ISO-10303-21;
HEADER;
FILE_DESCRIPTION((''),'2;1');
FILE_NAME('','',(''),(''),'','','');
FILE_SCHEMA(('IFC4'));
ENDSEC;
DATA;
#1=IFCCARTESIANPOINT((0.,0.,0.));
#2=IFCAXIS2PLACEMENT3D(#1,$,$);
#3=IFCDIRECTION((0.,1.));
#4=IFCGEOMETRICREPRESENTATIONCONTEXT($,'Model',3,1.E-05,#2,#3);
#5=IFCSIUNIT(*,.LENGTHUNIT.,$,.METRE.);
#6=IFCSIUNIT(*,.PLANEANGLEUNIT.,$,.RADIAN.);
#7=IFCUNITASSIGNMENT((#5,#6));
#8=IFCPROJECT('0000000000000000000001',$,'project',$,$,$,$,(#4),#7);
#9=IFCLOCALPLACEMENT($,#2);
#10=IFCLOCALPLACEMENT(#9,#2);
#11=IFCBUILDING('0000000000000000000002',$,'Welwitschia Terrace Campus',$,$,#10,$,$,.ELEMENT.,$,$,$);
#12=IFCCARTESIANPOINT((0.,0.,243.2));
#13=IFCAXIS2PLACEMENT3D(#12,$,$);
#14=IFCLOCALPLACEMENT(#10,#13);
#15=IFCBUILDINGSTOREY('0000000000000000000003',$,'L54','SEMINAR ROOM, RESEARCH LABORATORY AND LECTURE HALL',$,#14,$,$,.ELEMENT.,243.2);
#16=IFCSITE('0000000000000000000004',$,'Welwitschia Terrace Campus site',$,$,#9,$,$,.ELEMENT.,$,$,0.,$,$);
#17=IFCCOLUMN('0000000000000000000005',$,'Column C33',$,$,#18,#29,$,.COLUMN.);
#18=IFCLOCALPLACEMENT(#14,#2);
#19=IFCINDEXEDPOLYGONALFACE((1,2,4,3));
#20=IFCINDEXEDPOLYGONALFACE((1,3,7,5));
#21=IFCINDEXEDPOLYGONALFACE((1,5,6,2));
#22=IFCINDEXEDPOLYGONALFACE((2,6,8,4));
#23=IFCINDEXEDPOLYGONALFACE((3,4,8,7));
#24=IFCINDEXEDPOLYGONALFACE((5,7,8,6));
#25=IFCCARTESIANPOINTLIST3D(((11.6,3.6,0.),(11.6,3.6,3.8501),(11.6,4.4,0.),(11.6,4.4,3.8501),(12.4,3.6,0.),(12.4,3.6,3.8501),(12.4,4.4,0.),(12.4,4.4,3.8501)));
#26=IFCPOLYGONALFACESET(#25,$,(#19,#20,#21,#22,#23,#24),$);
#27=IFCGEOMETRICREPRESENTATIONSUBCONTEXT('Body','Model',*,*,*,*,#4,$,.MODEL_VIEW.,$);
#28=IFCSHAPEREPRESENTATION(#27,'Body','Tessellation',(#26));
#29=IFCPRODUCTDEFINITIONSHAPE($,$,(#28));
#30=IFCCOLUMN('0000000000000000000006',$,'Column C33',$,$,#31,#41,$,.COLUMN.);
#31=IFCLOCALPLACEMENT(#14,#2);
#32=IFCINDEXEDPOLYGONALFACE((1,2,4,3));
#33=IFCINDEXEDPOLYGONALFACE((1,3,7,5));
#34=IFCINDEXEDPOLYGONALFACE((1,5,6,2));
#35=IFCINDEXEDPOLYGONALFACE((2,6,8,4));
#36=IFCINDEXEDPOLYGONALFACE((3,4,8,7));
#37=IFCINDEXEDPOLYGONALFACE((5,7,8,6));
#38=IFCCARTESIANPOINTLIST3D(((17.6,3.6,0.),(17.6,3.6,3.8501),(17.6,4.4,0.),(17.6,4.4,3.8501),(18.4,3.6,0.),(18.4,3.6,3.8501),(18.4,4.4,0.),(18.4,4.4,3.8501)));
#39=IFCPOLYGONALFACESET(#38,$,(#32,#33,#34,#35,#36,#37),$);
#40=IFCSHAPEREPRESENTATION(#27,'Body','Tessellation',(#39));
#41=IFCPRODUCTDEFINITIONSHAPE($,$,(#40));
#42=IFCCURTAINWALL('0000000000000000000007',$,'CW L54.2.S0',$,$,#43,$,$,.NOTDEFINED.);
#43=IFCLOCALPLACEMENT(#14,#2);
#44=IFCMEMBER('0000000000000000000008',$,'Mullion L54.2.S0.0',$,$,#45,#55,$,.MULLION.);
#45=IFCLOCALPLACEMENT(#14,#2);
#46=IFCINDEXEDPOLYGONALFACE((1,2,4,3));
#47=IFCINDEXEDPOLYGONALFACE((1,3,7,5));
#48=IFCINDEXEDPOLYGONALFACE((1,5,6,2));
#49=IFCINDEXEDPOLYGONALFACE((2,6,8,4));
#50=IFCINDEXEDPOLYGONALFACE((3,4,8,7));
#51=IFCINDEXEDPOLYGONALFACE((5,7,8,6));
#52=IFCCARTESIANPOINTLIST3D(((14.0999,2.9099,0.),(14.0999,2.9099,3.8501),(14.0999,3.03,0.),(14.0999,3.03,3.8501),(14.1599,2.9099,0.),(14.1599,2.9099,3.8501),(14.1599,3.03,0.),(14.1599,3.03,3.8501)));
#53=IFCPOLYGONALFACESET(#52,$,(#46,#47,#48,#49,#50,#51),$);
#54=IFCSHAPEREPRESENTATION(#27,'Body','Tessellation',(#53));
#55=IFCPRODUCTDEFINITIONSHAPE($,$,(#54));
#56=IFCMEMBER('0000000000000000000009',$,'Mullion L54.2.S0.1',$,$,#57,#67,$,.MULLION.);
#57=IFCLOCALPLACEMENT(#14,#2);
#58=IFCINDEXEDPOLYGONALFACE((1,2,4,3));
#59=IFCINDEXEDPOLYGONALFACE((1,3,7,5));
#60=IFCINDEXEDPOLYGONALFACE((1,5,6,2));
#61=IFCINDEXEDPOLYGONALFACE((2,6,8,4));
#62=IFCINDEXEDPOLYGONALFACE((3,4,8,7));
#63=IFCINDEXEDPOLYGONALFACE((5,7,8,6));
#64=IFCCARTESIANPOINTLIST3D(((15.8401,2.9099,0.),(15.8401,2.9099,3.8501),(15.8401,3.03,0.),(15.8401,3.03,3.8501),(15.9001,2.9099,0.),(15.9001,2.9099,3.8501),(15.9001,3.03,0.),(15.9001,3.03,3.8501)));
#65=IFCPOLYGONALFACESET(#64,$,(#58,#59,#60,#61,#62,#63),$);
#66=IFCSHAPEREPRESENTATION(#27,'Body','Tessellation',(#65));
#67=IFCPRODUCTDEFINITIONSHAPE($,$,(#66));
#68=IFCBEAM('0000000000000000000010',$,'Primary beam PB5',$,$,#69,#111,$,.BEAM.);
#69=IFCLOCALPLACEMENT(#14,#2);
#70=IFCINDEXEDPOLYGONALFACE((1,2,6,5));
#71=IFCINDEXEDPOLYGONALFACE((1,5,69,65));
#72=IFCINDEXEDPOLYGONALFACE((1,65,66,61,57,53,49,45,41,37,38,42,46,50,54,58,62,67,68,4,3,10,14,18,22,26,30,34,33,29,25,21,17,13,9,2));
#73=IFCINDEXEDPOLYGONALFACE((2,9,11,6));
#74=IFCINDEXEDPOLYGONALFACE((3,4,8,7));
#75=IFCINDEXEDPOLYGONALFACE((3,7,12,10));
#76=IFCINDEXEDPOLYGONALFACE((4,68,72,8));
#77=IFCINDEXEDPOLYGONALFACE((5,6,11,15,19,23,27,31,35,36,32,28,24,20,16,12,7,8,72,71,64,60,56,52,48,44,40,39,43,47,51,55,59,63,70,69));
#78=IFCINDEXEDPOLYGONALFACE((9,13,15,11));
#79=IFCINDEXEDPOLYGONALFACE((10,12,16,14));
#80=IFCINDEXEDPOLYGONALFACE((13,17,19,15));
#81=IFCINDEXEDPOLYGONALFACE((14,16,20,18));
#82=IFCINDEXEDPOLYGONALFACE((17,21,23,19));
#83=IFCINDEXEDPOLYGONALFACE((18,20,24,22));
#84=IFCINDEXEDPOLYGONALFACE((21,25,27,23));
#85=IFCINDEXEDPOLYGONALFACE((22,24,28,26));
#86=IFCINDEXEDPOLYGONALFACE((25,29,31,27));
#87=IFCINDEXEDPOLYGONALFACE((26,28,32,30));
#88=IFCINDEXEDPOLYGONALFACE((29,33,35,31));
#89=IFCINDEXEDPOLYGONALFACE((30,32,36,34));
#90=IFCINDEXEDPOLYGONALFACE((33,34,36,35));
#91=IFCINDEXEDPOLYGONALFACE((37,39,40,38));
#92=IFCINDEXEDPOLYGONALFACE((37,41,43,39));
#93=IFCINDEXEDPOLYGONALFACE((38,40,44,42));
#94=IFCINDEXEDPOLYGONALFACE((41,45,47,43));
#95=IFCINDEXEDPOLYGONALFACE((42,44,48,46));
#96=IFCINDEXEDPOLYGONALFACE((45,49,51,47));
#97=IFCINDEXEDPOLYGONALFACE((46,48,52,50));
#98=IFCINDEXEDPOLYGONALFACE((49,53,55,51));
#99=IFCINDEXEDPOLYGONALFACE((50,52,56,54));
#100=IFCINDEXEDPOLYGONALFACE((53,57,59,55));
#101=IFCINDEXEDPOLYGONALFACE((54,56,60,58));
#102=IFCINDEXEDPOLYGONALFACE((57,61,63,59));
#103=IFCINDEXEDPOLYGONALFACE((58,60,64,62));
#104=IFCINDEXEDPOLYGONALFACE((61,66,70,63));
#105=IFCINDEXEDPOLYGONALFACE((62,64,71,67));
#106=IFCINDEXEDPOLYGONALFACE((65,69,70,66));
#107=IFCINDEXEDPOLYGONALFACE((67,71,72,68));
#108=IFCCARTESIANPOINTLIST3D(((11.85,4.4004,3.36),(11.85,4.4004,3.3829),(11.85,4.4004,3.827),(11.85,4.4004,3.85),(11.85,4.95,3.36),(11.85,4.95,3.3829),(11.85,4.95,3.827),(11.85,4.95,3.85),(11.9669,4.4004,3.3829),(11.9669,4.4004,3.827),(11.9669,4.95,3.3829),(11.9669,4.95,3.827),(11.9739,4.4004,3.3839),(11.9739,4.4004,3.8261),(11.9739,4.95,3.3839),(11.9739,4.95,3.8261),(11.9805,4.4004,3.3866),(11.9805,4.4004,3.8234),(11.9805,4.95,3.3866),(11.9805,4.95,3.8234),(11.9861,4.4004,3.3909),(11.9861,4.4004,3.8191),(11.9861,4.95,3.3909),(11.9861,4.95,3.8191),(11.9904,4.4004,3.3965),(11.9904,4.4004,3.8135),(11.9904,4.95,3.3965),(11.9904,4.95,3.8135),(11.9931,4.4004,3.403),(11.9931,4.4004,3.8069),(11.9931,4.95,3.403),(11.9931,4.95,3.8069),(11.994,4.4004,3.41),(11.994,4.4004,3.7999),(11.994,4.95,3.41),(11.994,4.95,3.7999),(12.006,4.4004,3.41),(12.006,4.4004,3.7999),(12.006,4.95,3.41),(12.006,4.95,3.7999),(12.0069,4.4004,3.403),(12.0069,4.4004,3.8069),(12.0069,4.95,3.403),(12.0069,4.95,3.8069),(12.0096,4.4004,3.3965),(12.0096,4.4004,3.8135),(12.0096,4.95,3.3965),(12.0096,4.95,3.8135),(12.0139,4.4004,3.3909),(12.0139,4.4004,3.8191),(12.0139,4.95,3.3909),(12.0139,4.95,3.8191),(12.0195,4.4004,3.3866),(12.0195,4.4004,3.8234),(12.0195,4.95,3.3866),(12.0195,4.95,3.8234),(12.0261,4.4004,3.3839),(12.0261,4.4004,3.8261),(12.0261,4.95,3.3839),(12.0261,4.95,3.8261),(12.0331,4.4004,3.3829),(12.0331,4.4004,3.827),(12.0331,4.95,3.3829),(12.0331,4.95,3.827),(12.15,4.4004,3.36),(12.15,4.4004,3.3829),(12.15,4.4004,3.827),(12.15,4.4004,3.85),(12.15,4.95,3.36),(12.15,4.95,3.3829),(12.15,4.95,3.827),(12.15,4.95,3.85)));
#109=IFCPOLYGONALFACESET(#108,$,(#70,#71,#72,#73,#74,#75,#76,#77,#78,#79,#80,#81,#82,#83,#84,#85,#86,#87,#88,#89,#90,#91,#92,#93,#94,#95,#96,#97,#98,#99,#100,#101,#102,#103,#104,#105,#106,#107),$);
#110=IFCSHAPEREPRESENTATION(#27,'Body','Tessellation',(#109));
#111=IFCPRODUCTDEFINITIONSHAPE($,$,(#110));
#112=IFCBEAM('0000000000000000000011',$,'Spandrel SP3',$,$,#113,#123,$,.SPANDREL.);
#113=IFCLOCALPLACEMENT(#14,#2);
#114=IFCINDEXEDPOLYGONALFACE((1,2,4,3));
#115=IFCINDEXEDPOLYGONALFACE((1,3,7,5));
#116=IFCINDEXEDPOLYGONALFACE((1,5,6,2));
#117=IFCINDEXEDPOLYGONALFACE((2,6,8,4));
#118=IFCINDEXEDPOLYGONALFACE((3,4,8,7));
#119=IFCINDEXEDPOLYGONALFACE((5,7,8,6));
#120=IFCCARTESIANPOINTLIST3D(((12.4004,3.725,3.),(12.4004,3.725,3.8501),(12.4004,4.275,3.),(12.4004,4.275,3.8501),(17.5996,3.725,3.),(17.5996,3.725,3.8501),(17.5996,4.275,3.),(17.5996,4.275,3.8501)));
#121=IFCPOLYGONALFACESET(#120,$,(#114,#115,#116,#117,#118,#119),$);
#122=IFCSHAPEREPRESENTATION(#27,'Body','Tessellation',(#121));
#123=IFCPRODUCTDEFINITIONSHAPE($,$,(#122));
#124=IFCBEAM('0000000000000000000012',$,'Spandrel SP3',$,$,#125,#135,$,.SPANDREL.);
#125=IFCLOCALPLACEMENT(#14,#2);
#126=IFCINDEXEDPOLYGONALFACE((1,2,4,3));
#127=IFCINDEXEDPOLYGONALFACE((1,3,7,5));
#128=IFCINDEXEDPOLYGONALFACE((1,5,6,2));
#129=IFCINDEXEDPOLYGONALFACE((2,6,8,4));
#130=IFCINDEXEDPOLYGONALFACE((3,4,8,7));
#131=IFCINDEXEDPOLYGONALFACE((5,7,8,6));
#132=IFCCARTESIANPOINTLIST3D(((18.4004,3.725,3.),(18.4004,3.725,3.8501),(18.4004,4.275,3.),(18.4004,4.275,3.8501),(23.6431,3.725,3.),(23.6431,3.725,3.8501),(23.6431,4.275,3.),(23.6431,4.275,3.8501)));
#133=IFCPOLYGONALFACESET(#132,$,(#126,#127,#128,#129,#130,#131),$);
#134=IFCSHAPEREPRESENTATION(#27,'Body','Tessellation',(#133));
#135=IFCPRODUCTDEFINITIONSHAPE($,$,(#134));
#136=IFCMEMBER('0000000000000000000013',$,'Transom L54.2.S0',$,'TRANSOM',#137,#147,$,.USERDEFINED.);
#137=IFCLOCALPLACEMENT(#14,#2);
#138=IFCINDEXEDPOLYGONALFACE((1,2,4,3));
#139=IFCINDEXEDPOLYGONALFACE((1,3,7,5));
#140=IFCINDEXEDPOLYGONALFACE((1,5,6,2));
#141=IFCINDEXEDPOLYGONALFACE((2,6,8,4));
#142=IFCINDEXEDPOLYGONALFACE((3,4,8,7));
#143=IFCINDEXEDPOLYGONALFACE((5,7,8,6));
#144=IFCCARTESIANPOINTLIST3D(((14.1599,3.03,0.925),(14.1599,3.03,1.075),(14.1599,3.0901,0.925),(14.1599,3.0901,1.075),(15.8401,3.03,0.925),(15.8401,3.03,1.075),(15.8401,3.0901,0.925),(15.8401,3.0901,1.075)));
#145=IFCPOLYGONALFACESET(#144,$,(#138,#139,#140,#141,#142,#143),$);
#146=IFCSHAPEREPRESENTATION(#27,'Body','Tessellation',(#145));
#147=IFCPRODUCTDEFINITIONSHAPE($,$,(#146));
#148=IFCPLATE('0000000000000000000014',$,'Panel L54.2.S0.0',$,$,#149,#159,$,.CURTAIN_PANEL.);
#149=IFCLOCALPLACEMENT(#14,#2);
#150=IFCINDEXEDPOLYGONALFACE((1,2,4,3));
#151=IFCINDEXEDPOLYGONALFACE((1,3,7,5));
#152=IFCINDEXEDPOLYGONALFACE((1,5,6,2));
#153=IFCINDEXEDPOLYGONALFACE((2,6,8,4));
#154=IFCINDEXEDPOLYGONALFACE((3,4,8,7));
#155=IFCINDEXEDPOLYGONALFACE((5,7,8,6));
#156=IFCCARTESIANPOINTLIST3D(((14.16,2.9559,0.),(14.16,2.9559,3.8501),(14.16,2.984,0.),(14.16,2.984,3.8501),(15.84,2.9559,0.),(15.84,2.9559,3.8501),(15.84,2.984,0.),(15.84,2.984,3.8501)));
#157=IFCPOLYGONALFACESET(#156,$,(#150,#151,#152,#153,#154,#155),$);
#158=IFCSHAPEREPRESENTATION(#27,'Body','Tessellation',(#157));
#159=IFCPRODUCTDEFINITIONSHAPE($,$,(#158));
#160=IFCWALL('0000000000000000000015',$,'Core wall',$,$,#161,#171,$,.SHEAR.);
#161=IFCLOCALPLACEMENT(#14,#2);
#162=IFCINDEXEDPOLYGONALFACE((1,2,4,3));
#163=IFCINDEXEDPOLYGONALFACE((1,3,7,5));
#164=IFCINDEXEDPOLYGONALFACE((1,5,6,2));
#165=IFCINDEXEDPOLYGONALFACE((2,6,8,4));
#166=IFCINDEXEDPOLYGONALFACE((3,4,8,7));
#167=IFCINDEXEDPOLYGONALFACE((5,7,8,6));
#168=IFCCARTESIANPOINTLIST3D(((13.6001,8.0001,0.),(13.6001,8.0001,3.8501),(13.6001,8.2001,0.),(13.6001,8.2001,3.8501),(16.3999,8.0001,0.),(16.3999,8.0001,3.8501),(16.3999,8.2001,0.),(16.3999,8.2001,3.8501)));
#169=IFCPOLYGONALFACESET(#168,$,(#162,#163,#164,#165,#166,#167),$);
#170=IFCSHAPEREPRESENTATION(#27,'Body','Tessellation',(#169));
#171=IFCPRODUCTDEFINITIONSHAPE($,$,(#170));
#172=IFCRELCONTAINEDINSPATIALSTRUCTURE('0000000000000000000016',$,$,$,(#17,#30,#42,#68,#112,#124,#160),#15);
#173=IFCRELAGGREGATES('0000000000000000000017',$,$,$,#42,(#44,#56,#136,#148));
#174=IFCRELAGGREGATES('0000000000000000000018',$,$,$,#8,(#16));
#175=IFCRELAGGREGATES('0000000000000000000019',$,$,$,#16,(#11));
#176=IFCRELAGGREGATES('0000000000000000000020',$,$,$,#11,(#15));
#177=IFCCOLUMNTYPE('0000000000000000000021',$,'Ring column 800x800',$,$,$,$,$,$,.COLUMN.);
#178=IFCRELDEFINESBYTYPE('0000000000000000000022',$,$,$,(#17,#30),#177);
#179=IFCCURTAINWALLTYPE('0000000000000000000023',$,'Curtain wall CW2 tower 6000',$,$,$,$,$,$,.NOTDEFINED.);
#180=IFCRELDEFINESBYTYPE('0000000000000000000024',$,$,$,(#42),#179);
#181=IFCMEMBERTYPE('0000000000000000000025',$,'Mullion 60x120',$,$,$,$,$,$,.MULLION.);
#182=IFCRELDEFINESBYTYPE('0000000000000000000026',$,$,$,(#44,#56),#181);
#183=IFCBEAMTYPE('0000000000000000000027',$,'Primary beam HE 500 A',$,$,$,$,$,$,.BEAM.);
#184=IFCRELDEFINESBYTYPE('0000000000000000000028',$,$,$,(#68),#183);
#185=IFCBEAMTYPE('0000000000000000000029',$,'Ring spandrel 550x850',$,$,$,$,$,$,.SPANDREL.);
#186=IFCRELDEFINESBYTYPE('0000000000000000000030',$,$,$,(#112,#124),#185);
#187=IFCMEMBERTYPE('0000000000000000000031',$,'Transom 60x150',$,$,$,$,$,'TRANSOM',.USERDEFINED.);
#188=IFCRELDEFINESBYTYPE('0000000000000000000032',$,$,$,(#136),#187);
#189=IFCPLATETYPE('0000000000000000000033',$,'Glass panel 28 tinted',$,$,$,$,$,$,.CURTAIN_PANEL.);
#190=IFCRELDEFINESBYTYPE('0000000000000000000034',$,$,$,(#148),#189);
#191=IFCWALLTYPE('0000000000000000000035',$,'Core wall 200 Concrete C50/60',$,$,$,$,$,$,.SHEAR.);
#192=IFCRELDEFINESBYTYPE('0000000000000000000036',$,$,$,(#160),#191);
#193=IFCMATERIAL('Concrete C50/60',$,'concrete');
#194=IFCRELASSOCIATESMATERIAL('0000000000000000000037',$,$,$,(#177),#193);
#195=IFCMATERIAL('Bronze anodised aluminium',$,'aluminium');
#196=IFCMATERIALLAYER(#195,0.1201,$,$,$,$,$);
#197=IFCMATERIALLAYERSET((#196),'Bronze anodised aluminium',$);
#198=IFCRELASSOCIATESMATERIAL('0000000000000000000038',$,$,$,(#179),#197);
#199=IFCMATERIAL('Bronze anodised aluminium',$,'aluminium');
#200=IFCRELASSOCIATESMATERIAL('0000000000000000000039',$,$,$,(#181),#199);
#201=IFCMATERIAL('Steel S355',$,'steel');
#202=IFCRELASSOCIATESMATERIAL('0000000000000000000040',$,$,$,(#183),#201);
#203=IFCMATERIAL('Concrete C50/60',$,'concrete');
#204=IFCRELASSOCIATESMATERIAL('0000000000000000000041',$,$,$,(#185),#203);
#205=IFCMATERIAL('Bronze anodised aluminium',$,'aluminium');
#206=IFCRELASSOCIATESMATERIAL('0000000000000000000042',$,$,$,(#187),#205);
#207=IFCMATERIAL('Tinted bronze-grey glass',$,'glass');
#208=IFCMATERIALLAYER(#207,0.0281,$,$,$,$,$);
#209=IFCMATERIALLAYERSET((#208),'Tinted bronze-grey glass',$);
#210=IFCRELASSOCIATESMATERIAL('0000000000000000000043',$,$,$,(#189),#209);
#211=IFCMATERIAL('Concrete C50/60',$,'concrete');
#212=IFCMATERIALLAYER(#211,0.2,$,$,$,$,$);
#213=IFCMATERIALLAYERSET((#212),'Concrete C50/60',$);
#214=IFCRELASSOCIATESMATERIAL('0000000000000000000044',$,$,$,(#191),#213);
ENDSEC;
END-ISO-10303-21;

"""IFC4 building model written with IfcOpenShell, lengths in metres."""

from ifc_helpers import new_model, si_unit, direction, frame, frame_2d, origin, origin_2d, place, context, subcontext, project, spatial, rectangle, i_section, extrude, material, layer, layer_set, material_profile, profile_set, type_object, element, aggregate, save


model = new_model("IFC4")

# Units and contexts
model_context = context("Model", 3, precision=1e-05, world=origin(), true_north=direction((0.0, 1.0)))
body_context = subcontext(model_context, "Body", "Model", "MODEL_VIEW")
ifc_project = project(units=[si_unit("LENGTHUNIT", "METRE"), si_unit("PLANEANGLEUNIT", "RADIAN")], contexts=[model_context])

# Site, building, storey
site_placement = place(None, origin())
site = spatial("IfcSite", under=ifc_project, at=site_placement, Name="Welwitschia Terrace Campus site", CompositionType="ELEMENT", RefElevation=0.0)
building_placement = place(site_placement, origin())
building = spatial("IfcBuilding", under=site, at=building_placement, Name="Welwitschia Terrace Campus", CompositionType="ELEMENT")
storey_placement = place(building_placement, frame((0.0, 0.0, 243.2)))
storey = spatial("IfcBuildingStorey", under=building, at=storey_placement, Name="L54", Description="SEMINAR ROOM, RESEARCH LABORATORY AND LECTURE HALL", CompositionType="ELEMENT", Elevation=243.2)

# Columns
ifc_material_1 = material(Name="Concrete C50/60", Category="concrete")
ifc_material_profile_1 = material_profile(ifc_material_1, rectangle(XDim=0.8, YDim=0.8, at=origin_2d()))
ifc_profile_set_1 = profile_set([ifc_material_profile_1], Name="Concrete C50/60")
column_type = type_object("IfcColumnType", Name="Ring column 800x800", PredefinedType="COLUMN", material=ifc_profile_set_1)
for number, where, z_axis, x_axis, name in (
    (1, (12.0, 4.0, 0.0), (0.0, 0.0, 1.0), (1.0, 0.0, 0.0), "Column C33"),
    (2, (18.0, 4.0, 0.0), (0.0, 0.0, 1.0), (1.0, 0.0, 0.0), "Column C33"),
):
    element("IfcColumn", number, at=place(storey_placement, frame(where, z_axis=z_axis, x_axis=x_axis)), inside=storey, type_object=column_type, Name=name, PredefinedType="COLUMN", context=body_context, shape_type="SweptSolid", body=[
        extrude(rectangle(XDim=0.8, YDim=0.8, at=origin_2d()), origin(), (0.0, 0.0, 1.0), 3.8501),
    ])

# Curtain wall, members
ifc_material_2 = material(Name="Bronze anodised aluminium", Category="aluminium")
ifc_layer_1 = layer(ifc_material_2, 0.1201)
ifc_layer_set_1 = layer_set([ifc_layer_1], Name="Bronze anodised aluminium")
curtain_wall_type = type_object("IfcCurtainWallType", Name="Curtain wall CW2 tower 6000", PredefinedType="NOTDEFINED", material=ifc_layer_set_1)
curtain_wall_placement = place(storey_placement, origin())
curtain_wall = element("IfcCurtainWall", 3, at=curtain_wall_placement, inside=storey, type_object=curtain_wall_type, Name="CW L54.2.S0", PredefinedType="NOTDEFINED")
ifc_material_3 = material(Name="Bronze anodised aluminium", Category="aluminium")
ifc_material_profile_2 = material_profile(ifc_material_3, rectangle(XDim=0.1201, YDim=0.0601, at=origin_2d()))
ifc_profile_set_2 = profile_set([ifc_material_profile_2], Name="Bronze anodised aluminium")
member_type_1 = type_object("IfcMemberType", Name="Mullion 60x120", PredefinedType="MULLION", material=ifc_profile_set_2)
member_1_placement = place(storey_placement, frame((14.1299, 2.97, 0.0), z_axis=(0.0, 0.0, 1.0), x_axis=(0.0, 1.0, 0.0)))
member_1 = element("IfcMember", 4, at=member_1_placement, type_object=member_type_1, Name="Mullion L54.2.S0.0", PredefinedType="MULLION", context=body_context, shape_type="SweptSolid", body=[
    extrude(rectangle(XDim=0.1201, YDim=0.0601, at=origin_2d()), origin(), (0.0, 0.0, 1.0), 3.8501),
])
member_2_placement = place(storey_placement, frame((15.8701, 2.97, 0.0), z_axis=(0.0, 0.0, 1.0), x_axis=(0.0, 1.0, 0.0)))
member_2 = element("IfcMember", 5, at=member_2_placement, type_object=member_type_1, Name="Mullion L54.2.S0.1", PredefinedType="MULLION", context=body_context, shape_type="SweptSolid", body=[
    extrude(rectangle(XDim=0.1201, YDim=0.0601, at=origin_2d()), origin(), (0.0, 0.0, 1.0), 3.8501),
])

# Beams
ifc_material_4 = material(Name="Steel S355", Category="steel")
ifc_material_profile_3 = material_profile(ifc_material_4, i_section(OverallWidth=0.3, OverallDepth=0.49, WebThickness=0.012, FlangeThickness=0.0229, FilletRadius=0.0271, at=origin_2d()))
ifc_profile_set_3 = profile_set([ifc_material_profile_3], Name="Steel S355")
beam_type_1 = type_object("IfcBeamType", Name="Primary beam HE 500 A", PredefinedType="BEAM", material=ifc_profile_set_3)
beam_1_placement = place(storey_placement, frame((12.0, 4.4004, 3.605), z_axis=(0.0, 1.0, 0.0), x_axis=(-1.0, 0.0, 0.0)))
element("IfcBeam", 6, at=beam_1_placement, inside=storey, type_object=beam_type_1, Name="Primary beam PB5", PredefinedType="BEAM", context=body_context, shape_type="SweptSolid", body=[
    extrude(i_section(OverallWidth=0.3, OverallDepth=0.49, WebThickness=0.012, FlangeThickness=0.0229, FilletRadius=0.0271, at=origin_2d()), origin(), (0.0, 0.0, 1.0), 0.5496),
])
ifc_material_5 = material(Name="Concrete C50/60", Category="concrete")
ifc_material_profile_4 = material_profile(ifc_material_5, rectangle(XDim=0.55, YDim=0.8501, at=origin_2d()))
ifc_profile_set_4 = profile_set([ifc_material_profile_4], Name="Concrete C50/60")
beam_type_2 = type_object("IfcBeamType", Name="Ring spandrel 550x850", PredefinedType="SPANDREL", material=ifc_profile_set_4)
beam_2_placement = place(storey_placement, frame((12.4004, 4.0, 3.425), z_axis=(1.0, 0.0, 0.0), x_axis=(0.0, 1.0, 0.0)))
element("IfcBeam", 7, at=beam_2_placement, inside=storey, type_object=beam_type_2, Name="Spandrel SP3", PredefinedType="SPANDREL", context=body_context, shape_type="SweptSolid", body=[
    extrude(rectangle(XDim=0.55, YDim=0.8501, at=origin_2d()), origin(), (0.0, 0.0, 1.0), 5.1992),
])
beam_3_placement = place(storey_placement, frame((18.4004, 4.0, 3.425), z_axis=(1.0, 0.0, 0.0), x_axis=(0.0, 1.0, 0.0)))
element("IfcBeam", 8, at=beam_3_placement, inside=storey, type_object=beam_type_2, Name="Spandrel SP3", PredefinedType="SPANDREL", context=body_context, shape_type="SweptSolid", body=[
    extrude(rectangle(XDim=0.55, YDim=0.8501, at=origin_2d()), origin(), (0.0, 0.0, 1.0), 5.2427),
])

# Member
ifc_material_6 = material(Name="Bronze anodised aluminium", Category="aluminium")
ifc_material_profile_5 = material_profile(ifc_material_6, rectangle(XDim=0.0601, YDim=0.1499, at=origin_2d()))
ifc_profile_set_5 = profile_set([ifc_material_profile_5], Name="Bronze anodised aluminium")
member_type_2 = type_object("IfcMemberType", Name="Transom 60x150", ElementType="TRANSOM", PredefinedType="USERDEFINED", material=ifc_profile_set_5)
member_3_placement = place(storey_placement, frame((14.1599, 3.0601, 1.0), z_axis=(1.0, 0.0, 0.0), x_axis=(0.0, 1.0, 0.0)))
member_3 = element("IfcMember", 9, at=member_3_placement, type_object=member_type_2, Name="Transom L54.2.S0", ObjectType="TRANSOM", PredefinedType="USERDEFINED", context=body_context, shape_type="SweptSolid", body=[
    extrude(rectangle(XDim=0.0601, YDim=0.1499, at=origin_2d()), origin(), (0.0, 0.0, 1.0), 1.6802),
])

# Plate
ifc_material_7 = material(Name="Tinted bronze-grey glass", Category="glass")
ifc_layer_2 = layer(ifc_material_7, 0.0281)
ifc_layer_set_2 = layer_set([ifc_layer_2], Name="Tinted bronze-grey glass")
plate_type = type_object("IfcPlateType", Name="Glass panel 28 tinted", PredefinedType="CURTAIN_PANEL", material=ifc_layer_set_2)
plate_placement = place(storey_placement, frame((15.0, 2.97, 0.0), z_axis=(0.0, 0.0, 1.0), x_axis=(1.0, 0.0, 0.0)))
plate = element("IfcPlate", 10, at=plate_placement, type_object=plate_type, Name="Panel L54.2.S0.0", PredefinedType="CURTAIN_PANEL", context=body_context, shape_type="SweptSolid", body=[
    extrude(rectangle(XDim=1.6799, YDim=0.0281, at=origin_2d()), origin(), (0.0, 0.0, 1.0), 3.8501),
])
aggregate(curtain_wall, [member_1, member_2, member_3, plate])

# Wall
ifc_material_8 = material(Name="Concrete C50/60", Category="concrete")
ifc_layer_3 = layer(ifc_material_8, 0.2)
ifc_layer_set_3 = layer_set([ifc_layer_3], Name="Concrete C50/60")
wall_type_1 = type_object("IfcWallType", Name="Core wall 200 Concrete C50/60", PredefinedType="SHEAR", material=ifc_layer_set_3)
wall_1_placement = place(storey_placement, frame((13.6001, 8.1001, 0.0), z_axis=(0.0, 0.0, 1.0), x_axis=(1.0, 0.0, 0.0)))
element("IfcWall", 11, at=wall_1_placement, inside=storey, type_object=wall_type_1, Name="Core wall", PredefinedType="SHEAR", context=body_context, shape_type="SweptSolid", body=[
    extrude(rectangle(XDim=2.7998, YDim=0.2, at=frame_2d((1.3999, 0.0))), origin(), (0.0, 0.0, 1.0), 3.8501),
])

save(model, "model.ifc")
